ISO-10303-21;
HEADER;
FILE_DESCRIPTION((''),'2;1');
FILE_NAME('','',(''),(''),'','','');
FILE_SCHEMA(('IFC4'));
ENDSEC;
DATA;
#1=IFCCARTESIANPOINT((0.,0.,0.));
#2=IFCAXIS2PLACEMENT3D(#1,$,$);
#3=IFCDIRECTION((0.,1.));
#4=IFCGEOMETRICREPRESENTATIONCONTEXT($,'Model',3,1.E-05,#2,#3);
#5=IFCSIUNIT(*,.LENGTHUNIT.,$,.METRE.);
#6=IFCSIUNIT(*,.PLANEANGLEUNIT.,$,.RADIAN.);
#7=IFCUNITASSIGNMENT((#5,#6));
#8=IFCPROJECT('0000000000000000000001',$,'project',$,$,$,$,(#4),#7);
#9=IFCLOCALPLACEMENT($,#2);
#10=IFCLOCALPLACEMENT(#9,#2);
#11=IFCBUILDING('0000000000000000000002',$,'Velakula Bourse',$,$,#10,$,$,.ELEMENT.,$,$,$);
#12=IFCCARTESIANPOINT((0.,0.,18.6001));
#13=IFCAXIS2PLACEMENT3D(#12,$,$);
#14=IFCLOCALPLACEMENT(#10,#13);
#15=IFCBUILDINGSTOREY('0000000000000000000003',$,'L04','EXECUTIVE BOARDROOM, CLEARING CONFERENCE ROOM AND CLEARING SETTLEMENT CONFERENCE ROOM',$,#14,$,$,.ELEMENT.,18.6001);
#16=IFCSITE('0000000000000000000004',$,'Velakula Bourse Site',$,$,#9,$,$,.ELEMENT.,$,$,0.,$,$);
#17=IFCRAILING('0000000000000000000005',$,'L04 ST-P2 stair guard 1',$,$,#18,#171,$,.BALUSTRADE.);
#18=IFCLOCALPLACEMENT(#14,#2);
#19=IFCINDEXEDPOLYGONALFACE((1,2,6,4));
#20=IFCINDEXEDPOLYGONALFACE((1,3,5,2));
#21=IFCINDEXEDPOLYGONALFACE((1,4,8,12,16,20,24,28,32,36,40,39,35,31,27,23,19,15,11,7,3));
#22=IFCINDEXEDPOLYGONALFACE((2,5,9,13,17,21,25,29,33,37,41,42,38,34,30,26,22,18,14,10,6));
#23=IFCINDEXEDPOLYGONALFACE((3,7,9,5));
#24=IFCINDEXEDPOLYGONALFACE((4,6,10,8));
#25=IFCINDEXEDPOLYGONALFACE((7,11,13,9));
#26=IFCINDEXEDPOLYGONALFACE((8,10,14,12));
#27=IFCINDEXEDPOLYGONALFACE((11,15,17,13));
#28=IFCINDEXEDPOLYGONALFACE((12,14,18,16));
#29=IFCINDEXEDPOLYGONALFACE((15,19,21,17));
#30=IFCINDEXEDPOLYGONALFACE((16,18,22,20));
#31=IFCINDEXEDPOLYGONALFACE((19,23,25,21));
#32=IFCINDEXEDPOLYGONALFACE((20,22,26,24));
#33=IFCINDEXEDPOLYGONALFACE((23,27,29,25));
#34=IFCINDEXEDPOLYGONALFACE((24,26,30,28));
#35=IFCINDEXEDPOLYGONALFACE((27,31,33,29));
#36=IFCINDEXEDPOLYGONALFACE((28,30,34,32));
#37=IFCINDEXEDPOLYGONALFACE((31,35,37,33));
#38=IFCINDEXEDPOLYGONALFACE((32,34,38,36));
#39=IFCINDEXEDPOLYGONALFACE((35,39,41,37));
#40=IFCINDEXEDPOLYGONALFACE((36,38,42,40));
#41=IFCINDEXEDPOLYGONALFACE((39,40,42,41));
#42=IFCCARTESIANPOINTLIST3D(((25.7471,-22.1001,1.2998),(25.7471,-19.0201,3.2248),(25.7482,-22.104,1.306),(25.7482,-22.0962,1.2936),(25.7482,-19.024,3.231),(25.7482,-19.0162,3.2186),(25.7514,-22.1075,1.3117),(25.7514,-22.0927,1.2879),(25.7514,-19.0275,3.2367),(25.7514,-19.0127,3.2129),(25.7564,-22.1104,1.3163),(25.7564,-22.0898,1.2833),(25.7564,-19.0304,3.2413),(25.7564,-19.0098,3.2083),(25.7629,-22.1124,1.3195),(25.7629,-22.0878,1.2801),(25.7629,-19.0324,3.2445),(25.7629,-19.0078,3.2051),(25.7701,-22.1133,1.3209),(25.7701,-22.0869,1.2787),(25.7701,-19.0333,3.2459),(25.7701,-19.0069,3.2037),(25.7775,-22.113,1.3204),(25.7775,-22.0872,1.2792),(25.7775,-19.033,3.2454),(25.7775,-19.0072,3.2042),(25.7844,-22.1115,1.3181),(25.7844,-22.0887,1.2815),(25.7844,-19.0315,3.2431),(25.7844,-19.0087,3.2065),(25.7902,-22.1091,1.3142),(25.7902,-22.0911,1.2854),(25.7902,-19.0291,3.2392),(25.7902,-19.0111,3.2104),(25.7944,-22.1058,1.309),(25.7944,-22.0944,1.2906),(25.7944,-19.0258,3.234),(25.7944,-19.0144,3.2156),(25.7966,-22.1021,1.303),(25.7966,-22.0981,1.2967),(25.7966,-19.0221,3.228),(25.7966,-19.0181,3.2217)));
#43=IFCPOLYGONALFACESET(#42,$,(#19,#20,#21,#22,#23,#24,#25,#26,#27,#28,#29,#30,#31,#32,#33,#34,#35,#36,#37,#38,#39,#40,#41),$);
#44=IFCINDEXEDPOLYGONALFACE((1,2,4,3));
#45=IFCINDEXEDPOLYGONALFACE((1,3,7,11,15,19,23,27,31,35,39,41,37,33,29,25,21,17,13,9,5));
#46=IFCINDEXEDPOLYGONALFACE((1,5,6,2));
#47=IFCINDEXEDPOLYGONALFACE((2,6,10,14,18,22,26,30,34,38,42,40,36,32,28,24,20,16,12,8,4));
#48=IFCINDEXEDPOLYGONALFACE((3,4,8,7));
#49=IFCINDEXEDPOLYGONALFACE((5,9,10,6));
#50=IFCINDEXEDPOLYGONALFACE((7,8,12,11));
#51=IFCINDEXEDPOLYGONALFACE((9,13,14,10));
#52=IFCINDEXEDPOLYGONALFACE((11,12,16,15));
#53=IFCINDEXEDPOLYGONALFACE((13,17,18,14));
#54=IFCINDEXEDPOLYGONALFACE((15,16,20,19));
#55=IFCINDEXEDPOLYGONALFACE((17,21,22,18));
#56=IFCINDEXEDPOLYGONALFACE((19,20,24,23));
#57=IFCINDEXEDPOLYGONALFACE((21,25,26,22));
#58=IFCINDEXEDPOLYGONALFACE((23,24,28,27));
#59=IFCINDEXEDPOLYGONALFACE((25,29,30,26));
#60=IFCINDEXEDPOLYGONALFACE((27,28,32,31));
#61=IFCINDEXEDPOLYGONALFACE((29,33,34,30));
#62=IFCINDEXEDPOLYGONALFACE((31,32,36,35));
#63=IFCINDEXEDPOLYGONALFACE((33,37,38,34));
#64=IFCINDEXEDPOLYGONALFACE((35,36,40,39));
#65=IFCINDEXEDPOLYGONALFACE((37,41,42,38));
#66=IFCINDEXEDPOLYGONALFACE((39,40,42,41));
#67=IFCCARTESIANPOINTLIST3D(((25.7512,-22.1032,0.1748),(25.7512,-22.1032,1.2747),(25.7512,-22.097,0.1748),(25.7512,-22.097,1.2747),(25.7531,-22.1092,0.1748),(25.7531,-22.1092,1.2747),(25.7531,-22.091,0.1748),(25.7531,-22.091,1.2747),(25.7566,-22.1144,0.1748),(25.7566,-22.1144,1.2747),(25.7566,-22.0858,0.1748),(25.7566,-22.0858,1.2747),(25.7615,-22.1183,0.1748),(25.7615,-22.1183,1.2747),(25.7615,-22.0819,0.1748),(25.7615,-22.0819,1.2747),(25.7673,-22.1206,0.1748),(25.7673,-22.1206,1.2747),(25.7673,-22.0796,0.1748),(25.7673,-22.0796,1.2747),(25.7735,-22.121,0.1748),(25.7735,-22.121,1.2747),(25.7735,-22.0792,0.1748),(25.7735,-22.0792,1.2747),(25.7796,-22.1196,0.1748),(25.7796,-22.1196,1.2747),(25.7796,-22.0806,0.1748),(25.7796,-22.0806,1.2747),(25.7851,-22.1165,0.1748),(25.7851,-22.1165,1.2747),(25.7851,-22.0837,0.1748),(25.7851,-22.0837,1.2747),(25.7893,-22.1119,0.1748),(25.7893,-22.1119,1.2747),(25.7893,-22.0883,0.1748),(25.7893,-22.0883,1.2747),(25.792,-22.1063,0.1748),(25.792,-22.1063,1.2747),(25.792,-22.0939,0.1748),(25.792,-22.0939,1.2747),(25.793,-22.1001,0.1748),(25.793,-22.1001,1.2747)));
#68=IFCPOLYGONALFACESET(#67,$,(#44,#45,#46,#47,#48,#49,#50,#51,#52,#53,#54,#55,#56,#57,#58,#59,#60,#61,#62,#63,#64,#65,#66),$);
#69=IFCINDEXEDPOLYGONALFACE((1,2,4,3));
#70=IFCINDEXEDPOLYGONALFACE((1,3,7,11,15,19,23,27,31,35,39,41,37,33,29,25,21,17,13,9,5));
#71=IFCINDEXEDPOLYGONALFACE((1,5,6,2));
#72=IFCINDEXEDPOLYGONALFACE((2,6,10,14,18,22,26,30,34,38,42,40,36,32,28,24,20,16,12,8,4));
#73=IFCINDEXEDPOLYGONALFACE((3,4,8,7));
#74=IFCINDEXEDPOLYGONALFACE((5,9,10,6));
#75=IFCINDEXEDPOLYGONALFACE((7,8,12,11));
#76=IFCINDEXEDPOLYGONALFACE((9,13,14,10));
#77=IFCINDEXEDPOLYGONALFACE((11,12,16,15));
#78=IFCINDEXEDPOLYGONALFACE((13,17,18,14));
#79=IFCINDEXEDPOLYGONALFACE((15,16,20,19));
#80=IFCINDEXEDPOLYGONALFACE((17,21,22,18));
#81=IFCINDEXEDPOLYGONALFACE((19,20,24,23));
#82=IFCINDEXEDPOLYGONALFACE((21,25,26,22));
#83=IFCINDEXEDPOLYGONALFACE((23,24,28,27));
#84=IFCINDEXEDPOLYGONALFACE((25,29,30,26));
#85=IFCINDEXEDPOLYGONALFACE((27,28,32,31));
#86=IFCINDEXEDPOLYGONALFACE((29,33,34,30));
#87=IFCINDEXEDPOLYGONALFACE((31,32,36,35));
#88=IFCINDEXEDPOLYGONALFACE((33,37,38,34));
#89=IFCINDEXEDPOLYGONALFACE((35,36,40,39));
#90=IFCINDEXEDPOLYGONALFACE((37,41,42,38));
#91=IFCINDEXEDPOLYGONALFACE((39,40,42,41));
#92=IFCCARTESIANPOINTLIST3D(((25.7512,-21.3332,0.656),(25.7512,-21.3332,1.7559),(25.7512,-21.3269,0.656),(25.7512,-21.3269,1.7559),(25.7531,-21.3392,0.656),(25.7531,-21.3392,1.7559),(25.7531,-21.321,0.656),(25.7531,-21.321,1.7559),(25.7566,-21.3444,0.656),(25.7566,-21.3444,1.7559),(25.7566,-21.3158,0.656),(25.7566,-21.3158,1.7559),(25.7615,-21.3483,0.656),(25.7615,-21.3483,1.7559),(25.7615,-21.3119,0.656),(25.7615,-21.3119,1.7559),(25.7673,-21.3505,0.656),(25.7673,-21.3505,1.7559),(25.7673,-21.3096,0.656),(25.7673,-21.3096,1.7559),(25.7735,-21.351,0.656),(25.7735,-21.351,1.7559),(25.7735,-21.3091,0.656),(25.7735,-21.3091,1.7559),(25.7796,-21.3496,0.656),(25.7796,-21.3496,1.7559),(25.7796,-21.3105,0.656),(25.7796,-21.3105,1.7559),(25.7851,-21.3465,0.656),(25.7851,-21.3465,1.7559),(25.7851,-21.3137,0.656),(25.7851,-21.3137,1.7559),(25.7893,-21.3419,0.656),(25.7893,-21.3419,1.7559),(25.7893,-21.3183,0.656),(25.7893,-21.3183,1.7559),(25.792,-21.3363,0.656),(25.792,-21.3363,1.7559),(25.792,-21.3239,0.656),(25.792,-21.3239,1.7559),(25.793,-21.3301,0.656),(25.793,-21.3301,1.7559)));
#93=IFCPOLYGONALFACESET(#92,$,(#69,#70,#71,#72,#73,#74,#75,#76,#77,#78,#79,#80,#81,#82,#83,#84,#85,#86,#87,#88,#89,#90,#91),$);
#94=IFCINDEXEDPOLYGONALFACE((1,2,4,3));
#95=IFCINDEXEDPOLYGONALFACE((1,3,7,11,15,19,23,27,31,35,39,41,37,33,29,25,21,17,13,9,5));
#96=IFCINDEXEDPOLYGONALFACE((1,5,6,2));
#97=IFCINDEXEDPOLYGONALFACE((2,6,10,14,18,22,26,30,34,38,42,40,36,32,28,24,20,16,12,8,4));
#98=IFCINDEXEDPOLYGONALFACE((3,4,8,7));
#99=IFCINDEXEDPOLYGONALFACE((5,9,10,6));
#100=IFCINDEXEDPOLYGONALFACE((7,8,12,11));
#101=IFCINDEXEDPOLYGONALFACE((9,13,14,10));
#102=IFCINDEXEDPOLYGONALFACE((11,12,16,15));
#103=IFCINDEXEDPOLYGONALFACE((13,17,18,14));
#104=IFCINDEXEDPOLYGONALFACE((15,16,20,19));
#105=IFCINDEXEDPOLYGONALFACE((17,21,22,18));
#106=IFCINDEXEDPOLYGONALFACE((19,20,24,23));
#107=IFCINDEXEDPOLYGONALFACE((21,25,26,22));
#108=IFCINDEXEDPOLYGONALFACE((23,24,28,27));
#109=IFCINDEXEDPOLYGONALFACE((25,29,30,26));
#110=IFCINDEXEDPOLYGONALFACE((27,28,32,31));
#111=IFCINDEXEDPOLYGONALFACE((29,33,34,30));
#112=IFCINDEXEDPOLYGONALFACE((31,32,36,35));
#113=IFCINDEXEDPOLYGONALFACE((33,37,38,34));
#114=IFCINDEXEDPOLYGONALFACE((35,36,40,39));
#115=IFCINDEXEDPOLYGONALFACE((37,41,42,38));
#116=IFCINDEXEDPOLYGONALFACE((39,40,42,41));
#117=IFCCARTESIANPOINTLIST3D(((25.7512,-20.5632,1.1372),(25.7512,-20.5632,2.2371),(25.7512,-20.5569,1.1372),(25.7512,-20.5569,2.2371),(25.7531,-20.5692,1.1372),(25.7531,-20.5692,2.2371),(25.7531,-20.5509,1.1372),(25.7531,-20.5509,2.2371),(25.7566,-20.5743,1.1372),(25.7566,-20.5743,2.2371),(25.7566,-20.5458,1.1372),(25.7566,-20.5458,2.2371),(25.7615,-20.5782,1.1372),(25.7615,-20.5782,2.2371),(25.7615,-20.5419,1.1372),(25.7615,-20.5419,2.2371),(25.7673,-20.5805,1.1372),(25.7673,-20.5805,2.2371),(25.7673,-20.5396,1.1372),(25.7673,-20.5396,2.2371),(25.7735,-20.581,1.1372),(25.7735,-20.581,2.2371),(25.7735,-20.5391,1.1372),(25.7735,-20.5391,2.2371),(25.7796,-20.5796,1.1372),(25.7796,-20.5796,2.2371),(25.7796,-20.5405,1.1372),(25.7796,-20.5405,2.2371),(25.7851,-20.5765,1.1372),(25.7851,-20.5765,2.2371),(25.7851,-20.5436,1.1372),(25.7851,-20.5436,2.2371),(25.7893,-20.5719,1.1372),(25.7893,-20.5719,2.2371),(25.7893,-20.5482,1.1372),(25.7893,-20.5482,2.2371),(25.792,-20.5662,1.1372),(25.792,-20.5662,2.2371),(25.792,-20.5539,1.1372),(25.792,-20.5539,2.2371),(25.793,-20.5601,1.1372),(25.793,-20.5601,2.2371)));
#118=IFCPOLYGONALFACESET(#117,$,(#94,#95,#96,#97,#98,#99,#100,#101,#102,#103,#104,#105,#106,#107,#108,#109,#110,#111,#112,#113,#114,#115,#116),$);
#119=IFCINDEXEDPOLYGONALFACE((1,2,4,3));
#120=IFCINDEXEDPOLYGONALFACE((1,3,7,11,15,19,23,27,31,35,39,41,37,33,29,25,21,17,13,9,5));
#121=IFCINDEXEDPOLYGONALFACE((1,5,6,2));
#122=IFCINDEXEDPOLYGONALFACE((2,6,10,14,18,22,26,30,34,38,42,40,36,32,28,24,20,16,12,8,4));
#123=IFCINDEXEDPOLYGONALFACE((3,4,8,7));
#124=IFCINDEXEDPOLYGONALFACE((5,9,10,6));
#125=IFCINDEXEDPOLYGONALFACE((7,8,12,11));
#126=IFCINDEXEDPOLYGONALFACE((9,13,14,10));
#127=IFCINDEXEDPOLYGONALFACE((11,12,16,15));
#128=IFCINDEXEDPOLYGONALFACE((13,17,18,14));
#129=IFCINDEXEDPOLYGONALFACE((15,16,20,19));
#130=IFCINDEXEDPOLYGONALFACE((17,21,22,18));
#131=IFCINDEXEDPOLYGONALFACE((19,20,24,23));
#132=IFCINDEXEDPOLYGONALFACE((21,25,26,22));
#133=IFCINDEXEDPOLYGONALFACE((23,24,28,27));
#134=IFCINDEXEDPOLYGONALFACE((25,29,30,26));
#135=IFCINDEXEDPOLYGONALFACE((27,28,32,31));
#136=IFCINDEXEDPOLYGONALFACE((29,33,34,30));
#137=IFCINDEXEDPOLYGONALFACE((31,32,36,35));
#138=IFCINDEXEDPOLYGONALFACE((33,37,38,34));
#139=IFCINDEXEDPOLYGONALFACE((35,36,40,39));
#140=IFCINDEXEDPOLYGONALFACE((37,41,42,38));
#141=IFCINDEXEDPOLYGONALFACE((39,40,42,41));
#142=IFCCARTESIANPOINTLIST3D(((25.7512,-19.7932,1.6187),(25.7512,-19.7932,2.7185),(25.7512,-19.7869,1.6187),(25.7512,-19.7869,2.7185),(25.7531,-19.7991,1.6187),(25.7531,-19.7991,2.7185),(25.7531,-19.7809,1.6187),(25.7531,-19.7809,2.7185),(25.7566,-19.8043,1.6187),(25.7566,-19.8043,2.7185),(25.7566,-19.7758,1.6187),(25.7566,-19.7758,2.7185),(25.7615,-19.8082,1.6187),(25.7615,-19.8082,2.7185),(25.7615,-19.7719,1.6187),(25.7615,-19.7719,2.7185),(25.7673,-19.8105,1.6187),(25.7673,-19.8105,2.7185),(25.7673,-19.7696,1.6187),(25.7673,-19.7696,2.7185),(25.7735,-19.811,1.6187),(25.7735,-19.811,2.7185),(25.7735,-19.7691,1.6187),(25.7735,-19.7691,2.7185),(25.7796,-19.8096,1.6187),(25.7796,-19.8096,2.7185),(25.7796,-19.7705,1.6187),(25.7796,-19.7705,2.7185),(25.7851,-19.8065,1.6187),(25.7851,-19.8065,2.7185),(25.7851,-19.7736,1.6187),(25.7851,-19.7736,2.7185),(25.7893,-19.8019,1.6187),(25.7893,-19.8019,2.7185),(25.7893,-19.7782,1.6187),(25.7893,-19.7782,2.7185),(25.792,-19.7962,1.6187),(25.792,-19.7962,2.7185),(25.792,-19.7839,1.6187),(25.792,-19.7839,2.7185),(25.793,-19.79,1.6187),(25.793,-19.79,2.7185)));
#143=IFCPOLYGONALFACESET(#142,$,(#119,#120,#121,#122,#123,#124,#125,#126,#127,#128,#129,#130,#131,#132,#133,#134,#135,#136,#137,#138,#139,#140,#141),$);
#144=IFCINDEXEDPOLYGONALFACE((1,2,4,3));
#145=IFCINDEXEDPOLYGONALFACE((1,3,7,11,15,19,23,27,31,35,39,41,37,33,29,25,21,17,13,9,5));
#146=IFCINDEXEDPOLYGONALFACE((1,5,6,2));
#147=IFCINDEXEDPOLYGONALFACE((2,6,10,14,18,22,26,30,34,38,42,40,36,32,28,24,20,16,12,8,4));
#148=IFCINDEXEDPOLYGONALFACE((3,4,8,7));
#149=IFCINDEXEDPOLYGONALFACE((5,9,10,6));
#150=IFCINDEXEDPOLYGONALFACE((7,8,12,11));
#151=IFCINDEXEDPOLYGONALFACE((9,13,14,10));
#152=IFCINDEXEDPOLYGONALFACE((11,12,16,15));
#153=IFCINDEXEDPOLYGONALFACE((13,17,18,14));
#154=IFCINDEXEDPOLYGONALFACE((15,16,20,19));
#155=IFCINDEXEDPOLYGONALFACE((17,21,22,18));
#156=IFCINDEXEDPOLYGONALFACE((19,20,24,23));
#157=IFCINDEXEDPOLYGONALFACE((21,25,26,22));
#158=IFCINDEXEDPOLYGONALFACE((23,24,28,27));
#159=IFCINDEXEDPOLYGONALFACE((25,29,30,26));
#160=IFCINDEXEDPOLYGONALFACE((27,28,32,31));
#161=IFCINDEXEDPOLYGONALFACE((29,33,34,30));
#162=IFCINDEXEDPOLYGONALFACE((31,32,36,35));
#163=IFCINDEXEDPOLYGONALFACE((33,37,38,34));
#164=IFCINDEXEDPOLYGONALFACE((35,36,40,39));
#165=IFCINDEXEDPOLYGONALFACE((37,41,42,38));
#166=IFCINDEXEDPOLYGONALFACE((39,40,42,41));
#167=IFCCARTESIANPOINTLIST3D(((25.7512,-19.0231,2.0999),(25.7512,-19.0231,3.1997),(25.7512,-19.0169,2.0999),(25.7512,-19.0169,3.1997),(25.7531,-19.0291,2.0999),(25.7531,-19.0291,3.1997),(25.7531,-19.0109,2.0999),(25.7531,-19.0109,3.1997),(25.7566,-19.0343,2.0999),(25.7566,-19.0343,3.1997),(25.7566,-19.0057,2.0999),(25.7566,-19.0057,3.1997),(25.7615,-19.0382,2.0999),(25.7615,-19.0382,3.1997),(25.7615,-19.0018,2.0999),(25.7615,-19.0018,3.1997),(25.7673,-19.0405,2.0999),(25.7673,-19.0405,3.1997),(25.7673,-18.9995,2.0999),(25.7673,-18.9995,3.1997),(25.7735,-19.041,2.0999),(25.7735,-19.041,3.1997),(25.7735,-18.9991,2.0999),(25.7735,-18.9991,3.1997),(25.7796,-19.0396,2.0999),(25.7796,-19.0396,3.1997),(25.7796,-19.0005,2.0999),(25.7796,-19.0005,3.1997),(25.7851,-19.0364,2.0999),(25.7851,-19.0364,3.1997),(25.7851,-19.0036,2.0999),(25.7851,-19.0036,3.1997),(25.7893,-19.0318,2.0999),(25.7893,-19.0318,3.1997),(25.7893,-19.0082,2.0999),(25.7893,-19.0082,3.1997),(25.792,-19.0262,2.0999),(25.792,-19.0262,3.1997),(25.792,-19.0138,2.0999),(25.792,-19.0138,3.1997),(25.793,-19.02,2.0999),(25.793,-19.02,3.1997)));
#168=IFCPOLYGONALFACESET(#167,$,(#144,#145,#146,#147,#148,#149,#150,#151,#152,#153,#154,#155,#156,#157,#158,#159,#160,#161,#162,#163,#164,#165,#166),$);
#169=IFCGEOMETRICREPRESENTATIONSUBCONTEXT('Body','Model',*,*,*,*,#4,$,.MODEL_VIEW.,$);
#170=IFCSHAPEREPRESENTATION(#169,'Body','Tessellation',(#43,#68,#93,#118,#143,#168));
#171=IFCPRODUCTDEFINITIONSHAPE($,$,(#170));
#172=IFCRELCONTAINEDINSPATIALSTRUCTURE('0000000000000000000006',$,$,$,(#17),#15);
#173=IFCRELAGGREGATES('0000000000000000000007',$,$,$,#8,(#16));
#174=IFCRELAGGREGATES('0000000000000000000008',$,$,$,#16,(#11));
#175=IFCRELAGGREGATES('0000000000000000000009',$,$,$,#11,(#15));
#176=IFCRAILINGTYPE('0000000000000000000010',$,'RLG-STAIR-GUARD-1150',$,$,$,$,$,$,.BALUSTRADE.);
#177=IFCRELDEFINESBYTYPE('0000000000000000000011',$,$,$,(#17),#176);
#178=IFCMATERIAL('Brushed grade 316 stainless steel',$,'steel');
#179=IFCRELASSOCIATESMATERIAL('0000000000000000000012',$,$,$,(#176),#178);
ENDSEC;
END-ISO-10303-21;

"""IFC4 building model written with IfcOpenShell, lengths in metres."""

from ifc_helpers import new_model, si_unit, direction, frame, origin, origin_2d, place, context, subcontext, project, spatial, circle, extrude, material, type_object, element, save


model = new_model("IFC4")

# Units and contexts
model_context = context("Model", 3, precision=1e-05, world=origin(), true_north=direction((0.0, 1.0)))
body_context = subcontext(model_context, "Body", "Model", "MODEL_VIEW")
ifc_project = project(units=[si_unit("LENGTHUNIT", "METRE"), si_unit("PLANEANGLEUNIT", "RADIAN")], contexts=[model_context])

# Site, building, storey
site_placement = place(None, origin())
site = spatial("IfcSite", under=ifc_project, at=site_placement, Name="Velakula Bourse Site", CompositionType="ELEMENT", RefElevation=0.0)
building_placement = place(site_placement, origin())
building = spatial("IfcBuilding", under=site, at=building_placement, Name="Velakula Bourse", CompositionType="ELEMENT")
storey_placement = place(building_placement, frame((0.0, 0.0, 18.6001)))
storey = spatial("IfcBuildingStorey", under=building, at=storey_placement, Name="L04", Description="EXECUTIVE BOARDROOM, CLEARING CONFERENCE ROOM AND CLEARING SETTLEMENT CONFERENCE ROOM", CompositionType="ELEMENT", Elevation=18.6001)

# Railing
ifc_material_1 = material(Name="Brushed grade 316 stainless steel", Category="steel")
railing_type_1 = type_object("IfcRailingType", Name="RLG-STAIR-GUARD-1150", PredefinedType="BALUSTRADE", material=ifc_material_1)
railing_1_placement = place(storey_placement, frame((25.772, -22.1001, 0.1748)))
element("IfcRailing", 1, at=railing_1_placement, inside=storey, type_object=railing_type_1, Name="L04 ST-P2 stair guard 1", PredefinedType="BALUSTRADE", context=body_context, shape_type="SweptSolid", body=[
    extrude(circle(Radius=0.0249, at=origin_2d()), frame((0.0, 0.0, 1.125), z_axis=(0.0, 0.847998, 0.529999), x_axis=(-1.0, 0.0, 0.0)), (0.0, 0.0, 1.0), 3.6321),
    extrude(circle(Radius=0.021, at=origin_2d()), origin(), (0.0, 0.0, 1.0), 1.0999),
    extrude(circle(Radius=0.021, at=origin_2d()), frame((0.0, 0.77, 0.4812)), (0.0, 0.0, 1.0), 1.0999),
    extrude(circle(Radius=0.021, at=origin_2d()), frame((0.0, 1.54, 0.9624)), (0.0, 0.0, 1.0), 1.0999),
    extrude(circle(Radius=0.021, at=origin_2d()), frame((0.0, 2.3101, 1.4438)), (0.0, 0.0, 1.0), 1.0999),
    extrude(circle(Radius=0.021, at=origin_2d()), frame((0.0, 3.0801, 1.925)), (0.0, 0.0, 1.0), 1.0999),
])

save(model, "model.ifc")
